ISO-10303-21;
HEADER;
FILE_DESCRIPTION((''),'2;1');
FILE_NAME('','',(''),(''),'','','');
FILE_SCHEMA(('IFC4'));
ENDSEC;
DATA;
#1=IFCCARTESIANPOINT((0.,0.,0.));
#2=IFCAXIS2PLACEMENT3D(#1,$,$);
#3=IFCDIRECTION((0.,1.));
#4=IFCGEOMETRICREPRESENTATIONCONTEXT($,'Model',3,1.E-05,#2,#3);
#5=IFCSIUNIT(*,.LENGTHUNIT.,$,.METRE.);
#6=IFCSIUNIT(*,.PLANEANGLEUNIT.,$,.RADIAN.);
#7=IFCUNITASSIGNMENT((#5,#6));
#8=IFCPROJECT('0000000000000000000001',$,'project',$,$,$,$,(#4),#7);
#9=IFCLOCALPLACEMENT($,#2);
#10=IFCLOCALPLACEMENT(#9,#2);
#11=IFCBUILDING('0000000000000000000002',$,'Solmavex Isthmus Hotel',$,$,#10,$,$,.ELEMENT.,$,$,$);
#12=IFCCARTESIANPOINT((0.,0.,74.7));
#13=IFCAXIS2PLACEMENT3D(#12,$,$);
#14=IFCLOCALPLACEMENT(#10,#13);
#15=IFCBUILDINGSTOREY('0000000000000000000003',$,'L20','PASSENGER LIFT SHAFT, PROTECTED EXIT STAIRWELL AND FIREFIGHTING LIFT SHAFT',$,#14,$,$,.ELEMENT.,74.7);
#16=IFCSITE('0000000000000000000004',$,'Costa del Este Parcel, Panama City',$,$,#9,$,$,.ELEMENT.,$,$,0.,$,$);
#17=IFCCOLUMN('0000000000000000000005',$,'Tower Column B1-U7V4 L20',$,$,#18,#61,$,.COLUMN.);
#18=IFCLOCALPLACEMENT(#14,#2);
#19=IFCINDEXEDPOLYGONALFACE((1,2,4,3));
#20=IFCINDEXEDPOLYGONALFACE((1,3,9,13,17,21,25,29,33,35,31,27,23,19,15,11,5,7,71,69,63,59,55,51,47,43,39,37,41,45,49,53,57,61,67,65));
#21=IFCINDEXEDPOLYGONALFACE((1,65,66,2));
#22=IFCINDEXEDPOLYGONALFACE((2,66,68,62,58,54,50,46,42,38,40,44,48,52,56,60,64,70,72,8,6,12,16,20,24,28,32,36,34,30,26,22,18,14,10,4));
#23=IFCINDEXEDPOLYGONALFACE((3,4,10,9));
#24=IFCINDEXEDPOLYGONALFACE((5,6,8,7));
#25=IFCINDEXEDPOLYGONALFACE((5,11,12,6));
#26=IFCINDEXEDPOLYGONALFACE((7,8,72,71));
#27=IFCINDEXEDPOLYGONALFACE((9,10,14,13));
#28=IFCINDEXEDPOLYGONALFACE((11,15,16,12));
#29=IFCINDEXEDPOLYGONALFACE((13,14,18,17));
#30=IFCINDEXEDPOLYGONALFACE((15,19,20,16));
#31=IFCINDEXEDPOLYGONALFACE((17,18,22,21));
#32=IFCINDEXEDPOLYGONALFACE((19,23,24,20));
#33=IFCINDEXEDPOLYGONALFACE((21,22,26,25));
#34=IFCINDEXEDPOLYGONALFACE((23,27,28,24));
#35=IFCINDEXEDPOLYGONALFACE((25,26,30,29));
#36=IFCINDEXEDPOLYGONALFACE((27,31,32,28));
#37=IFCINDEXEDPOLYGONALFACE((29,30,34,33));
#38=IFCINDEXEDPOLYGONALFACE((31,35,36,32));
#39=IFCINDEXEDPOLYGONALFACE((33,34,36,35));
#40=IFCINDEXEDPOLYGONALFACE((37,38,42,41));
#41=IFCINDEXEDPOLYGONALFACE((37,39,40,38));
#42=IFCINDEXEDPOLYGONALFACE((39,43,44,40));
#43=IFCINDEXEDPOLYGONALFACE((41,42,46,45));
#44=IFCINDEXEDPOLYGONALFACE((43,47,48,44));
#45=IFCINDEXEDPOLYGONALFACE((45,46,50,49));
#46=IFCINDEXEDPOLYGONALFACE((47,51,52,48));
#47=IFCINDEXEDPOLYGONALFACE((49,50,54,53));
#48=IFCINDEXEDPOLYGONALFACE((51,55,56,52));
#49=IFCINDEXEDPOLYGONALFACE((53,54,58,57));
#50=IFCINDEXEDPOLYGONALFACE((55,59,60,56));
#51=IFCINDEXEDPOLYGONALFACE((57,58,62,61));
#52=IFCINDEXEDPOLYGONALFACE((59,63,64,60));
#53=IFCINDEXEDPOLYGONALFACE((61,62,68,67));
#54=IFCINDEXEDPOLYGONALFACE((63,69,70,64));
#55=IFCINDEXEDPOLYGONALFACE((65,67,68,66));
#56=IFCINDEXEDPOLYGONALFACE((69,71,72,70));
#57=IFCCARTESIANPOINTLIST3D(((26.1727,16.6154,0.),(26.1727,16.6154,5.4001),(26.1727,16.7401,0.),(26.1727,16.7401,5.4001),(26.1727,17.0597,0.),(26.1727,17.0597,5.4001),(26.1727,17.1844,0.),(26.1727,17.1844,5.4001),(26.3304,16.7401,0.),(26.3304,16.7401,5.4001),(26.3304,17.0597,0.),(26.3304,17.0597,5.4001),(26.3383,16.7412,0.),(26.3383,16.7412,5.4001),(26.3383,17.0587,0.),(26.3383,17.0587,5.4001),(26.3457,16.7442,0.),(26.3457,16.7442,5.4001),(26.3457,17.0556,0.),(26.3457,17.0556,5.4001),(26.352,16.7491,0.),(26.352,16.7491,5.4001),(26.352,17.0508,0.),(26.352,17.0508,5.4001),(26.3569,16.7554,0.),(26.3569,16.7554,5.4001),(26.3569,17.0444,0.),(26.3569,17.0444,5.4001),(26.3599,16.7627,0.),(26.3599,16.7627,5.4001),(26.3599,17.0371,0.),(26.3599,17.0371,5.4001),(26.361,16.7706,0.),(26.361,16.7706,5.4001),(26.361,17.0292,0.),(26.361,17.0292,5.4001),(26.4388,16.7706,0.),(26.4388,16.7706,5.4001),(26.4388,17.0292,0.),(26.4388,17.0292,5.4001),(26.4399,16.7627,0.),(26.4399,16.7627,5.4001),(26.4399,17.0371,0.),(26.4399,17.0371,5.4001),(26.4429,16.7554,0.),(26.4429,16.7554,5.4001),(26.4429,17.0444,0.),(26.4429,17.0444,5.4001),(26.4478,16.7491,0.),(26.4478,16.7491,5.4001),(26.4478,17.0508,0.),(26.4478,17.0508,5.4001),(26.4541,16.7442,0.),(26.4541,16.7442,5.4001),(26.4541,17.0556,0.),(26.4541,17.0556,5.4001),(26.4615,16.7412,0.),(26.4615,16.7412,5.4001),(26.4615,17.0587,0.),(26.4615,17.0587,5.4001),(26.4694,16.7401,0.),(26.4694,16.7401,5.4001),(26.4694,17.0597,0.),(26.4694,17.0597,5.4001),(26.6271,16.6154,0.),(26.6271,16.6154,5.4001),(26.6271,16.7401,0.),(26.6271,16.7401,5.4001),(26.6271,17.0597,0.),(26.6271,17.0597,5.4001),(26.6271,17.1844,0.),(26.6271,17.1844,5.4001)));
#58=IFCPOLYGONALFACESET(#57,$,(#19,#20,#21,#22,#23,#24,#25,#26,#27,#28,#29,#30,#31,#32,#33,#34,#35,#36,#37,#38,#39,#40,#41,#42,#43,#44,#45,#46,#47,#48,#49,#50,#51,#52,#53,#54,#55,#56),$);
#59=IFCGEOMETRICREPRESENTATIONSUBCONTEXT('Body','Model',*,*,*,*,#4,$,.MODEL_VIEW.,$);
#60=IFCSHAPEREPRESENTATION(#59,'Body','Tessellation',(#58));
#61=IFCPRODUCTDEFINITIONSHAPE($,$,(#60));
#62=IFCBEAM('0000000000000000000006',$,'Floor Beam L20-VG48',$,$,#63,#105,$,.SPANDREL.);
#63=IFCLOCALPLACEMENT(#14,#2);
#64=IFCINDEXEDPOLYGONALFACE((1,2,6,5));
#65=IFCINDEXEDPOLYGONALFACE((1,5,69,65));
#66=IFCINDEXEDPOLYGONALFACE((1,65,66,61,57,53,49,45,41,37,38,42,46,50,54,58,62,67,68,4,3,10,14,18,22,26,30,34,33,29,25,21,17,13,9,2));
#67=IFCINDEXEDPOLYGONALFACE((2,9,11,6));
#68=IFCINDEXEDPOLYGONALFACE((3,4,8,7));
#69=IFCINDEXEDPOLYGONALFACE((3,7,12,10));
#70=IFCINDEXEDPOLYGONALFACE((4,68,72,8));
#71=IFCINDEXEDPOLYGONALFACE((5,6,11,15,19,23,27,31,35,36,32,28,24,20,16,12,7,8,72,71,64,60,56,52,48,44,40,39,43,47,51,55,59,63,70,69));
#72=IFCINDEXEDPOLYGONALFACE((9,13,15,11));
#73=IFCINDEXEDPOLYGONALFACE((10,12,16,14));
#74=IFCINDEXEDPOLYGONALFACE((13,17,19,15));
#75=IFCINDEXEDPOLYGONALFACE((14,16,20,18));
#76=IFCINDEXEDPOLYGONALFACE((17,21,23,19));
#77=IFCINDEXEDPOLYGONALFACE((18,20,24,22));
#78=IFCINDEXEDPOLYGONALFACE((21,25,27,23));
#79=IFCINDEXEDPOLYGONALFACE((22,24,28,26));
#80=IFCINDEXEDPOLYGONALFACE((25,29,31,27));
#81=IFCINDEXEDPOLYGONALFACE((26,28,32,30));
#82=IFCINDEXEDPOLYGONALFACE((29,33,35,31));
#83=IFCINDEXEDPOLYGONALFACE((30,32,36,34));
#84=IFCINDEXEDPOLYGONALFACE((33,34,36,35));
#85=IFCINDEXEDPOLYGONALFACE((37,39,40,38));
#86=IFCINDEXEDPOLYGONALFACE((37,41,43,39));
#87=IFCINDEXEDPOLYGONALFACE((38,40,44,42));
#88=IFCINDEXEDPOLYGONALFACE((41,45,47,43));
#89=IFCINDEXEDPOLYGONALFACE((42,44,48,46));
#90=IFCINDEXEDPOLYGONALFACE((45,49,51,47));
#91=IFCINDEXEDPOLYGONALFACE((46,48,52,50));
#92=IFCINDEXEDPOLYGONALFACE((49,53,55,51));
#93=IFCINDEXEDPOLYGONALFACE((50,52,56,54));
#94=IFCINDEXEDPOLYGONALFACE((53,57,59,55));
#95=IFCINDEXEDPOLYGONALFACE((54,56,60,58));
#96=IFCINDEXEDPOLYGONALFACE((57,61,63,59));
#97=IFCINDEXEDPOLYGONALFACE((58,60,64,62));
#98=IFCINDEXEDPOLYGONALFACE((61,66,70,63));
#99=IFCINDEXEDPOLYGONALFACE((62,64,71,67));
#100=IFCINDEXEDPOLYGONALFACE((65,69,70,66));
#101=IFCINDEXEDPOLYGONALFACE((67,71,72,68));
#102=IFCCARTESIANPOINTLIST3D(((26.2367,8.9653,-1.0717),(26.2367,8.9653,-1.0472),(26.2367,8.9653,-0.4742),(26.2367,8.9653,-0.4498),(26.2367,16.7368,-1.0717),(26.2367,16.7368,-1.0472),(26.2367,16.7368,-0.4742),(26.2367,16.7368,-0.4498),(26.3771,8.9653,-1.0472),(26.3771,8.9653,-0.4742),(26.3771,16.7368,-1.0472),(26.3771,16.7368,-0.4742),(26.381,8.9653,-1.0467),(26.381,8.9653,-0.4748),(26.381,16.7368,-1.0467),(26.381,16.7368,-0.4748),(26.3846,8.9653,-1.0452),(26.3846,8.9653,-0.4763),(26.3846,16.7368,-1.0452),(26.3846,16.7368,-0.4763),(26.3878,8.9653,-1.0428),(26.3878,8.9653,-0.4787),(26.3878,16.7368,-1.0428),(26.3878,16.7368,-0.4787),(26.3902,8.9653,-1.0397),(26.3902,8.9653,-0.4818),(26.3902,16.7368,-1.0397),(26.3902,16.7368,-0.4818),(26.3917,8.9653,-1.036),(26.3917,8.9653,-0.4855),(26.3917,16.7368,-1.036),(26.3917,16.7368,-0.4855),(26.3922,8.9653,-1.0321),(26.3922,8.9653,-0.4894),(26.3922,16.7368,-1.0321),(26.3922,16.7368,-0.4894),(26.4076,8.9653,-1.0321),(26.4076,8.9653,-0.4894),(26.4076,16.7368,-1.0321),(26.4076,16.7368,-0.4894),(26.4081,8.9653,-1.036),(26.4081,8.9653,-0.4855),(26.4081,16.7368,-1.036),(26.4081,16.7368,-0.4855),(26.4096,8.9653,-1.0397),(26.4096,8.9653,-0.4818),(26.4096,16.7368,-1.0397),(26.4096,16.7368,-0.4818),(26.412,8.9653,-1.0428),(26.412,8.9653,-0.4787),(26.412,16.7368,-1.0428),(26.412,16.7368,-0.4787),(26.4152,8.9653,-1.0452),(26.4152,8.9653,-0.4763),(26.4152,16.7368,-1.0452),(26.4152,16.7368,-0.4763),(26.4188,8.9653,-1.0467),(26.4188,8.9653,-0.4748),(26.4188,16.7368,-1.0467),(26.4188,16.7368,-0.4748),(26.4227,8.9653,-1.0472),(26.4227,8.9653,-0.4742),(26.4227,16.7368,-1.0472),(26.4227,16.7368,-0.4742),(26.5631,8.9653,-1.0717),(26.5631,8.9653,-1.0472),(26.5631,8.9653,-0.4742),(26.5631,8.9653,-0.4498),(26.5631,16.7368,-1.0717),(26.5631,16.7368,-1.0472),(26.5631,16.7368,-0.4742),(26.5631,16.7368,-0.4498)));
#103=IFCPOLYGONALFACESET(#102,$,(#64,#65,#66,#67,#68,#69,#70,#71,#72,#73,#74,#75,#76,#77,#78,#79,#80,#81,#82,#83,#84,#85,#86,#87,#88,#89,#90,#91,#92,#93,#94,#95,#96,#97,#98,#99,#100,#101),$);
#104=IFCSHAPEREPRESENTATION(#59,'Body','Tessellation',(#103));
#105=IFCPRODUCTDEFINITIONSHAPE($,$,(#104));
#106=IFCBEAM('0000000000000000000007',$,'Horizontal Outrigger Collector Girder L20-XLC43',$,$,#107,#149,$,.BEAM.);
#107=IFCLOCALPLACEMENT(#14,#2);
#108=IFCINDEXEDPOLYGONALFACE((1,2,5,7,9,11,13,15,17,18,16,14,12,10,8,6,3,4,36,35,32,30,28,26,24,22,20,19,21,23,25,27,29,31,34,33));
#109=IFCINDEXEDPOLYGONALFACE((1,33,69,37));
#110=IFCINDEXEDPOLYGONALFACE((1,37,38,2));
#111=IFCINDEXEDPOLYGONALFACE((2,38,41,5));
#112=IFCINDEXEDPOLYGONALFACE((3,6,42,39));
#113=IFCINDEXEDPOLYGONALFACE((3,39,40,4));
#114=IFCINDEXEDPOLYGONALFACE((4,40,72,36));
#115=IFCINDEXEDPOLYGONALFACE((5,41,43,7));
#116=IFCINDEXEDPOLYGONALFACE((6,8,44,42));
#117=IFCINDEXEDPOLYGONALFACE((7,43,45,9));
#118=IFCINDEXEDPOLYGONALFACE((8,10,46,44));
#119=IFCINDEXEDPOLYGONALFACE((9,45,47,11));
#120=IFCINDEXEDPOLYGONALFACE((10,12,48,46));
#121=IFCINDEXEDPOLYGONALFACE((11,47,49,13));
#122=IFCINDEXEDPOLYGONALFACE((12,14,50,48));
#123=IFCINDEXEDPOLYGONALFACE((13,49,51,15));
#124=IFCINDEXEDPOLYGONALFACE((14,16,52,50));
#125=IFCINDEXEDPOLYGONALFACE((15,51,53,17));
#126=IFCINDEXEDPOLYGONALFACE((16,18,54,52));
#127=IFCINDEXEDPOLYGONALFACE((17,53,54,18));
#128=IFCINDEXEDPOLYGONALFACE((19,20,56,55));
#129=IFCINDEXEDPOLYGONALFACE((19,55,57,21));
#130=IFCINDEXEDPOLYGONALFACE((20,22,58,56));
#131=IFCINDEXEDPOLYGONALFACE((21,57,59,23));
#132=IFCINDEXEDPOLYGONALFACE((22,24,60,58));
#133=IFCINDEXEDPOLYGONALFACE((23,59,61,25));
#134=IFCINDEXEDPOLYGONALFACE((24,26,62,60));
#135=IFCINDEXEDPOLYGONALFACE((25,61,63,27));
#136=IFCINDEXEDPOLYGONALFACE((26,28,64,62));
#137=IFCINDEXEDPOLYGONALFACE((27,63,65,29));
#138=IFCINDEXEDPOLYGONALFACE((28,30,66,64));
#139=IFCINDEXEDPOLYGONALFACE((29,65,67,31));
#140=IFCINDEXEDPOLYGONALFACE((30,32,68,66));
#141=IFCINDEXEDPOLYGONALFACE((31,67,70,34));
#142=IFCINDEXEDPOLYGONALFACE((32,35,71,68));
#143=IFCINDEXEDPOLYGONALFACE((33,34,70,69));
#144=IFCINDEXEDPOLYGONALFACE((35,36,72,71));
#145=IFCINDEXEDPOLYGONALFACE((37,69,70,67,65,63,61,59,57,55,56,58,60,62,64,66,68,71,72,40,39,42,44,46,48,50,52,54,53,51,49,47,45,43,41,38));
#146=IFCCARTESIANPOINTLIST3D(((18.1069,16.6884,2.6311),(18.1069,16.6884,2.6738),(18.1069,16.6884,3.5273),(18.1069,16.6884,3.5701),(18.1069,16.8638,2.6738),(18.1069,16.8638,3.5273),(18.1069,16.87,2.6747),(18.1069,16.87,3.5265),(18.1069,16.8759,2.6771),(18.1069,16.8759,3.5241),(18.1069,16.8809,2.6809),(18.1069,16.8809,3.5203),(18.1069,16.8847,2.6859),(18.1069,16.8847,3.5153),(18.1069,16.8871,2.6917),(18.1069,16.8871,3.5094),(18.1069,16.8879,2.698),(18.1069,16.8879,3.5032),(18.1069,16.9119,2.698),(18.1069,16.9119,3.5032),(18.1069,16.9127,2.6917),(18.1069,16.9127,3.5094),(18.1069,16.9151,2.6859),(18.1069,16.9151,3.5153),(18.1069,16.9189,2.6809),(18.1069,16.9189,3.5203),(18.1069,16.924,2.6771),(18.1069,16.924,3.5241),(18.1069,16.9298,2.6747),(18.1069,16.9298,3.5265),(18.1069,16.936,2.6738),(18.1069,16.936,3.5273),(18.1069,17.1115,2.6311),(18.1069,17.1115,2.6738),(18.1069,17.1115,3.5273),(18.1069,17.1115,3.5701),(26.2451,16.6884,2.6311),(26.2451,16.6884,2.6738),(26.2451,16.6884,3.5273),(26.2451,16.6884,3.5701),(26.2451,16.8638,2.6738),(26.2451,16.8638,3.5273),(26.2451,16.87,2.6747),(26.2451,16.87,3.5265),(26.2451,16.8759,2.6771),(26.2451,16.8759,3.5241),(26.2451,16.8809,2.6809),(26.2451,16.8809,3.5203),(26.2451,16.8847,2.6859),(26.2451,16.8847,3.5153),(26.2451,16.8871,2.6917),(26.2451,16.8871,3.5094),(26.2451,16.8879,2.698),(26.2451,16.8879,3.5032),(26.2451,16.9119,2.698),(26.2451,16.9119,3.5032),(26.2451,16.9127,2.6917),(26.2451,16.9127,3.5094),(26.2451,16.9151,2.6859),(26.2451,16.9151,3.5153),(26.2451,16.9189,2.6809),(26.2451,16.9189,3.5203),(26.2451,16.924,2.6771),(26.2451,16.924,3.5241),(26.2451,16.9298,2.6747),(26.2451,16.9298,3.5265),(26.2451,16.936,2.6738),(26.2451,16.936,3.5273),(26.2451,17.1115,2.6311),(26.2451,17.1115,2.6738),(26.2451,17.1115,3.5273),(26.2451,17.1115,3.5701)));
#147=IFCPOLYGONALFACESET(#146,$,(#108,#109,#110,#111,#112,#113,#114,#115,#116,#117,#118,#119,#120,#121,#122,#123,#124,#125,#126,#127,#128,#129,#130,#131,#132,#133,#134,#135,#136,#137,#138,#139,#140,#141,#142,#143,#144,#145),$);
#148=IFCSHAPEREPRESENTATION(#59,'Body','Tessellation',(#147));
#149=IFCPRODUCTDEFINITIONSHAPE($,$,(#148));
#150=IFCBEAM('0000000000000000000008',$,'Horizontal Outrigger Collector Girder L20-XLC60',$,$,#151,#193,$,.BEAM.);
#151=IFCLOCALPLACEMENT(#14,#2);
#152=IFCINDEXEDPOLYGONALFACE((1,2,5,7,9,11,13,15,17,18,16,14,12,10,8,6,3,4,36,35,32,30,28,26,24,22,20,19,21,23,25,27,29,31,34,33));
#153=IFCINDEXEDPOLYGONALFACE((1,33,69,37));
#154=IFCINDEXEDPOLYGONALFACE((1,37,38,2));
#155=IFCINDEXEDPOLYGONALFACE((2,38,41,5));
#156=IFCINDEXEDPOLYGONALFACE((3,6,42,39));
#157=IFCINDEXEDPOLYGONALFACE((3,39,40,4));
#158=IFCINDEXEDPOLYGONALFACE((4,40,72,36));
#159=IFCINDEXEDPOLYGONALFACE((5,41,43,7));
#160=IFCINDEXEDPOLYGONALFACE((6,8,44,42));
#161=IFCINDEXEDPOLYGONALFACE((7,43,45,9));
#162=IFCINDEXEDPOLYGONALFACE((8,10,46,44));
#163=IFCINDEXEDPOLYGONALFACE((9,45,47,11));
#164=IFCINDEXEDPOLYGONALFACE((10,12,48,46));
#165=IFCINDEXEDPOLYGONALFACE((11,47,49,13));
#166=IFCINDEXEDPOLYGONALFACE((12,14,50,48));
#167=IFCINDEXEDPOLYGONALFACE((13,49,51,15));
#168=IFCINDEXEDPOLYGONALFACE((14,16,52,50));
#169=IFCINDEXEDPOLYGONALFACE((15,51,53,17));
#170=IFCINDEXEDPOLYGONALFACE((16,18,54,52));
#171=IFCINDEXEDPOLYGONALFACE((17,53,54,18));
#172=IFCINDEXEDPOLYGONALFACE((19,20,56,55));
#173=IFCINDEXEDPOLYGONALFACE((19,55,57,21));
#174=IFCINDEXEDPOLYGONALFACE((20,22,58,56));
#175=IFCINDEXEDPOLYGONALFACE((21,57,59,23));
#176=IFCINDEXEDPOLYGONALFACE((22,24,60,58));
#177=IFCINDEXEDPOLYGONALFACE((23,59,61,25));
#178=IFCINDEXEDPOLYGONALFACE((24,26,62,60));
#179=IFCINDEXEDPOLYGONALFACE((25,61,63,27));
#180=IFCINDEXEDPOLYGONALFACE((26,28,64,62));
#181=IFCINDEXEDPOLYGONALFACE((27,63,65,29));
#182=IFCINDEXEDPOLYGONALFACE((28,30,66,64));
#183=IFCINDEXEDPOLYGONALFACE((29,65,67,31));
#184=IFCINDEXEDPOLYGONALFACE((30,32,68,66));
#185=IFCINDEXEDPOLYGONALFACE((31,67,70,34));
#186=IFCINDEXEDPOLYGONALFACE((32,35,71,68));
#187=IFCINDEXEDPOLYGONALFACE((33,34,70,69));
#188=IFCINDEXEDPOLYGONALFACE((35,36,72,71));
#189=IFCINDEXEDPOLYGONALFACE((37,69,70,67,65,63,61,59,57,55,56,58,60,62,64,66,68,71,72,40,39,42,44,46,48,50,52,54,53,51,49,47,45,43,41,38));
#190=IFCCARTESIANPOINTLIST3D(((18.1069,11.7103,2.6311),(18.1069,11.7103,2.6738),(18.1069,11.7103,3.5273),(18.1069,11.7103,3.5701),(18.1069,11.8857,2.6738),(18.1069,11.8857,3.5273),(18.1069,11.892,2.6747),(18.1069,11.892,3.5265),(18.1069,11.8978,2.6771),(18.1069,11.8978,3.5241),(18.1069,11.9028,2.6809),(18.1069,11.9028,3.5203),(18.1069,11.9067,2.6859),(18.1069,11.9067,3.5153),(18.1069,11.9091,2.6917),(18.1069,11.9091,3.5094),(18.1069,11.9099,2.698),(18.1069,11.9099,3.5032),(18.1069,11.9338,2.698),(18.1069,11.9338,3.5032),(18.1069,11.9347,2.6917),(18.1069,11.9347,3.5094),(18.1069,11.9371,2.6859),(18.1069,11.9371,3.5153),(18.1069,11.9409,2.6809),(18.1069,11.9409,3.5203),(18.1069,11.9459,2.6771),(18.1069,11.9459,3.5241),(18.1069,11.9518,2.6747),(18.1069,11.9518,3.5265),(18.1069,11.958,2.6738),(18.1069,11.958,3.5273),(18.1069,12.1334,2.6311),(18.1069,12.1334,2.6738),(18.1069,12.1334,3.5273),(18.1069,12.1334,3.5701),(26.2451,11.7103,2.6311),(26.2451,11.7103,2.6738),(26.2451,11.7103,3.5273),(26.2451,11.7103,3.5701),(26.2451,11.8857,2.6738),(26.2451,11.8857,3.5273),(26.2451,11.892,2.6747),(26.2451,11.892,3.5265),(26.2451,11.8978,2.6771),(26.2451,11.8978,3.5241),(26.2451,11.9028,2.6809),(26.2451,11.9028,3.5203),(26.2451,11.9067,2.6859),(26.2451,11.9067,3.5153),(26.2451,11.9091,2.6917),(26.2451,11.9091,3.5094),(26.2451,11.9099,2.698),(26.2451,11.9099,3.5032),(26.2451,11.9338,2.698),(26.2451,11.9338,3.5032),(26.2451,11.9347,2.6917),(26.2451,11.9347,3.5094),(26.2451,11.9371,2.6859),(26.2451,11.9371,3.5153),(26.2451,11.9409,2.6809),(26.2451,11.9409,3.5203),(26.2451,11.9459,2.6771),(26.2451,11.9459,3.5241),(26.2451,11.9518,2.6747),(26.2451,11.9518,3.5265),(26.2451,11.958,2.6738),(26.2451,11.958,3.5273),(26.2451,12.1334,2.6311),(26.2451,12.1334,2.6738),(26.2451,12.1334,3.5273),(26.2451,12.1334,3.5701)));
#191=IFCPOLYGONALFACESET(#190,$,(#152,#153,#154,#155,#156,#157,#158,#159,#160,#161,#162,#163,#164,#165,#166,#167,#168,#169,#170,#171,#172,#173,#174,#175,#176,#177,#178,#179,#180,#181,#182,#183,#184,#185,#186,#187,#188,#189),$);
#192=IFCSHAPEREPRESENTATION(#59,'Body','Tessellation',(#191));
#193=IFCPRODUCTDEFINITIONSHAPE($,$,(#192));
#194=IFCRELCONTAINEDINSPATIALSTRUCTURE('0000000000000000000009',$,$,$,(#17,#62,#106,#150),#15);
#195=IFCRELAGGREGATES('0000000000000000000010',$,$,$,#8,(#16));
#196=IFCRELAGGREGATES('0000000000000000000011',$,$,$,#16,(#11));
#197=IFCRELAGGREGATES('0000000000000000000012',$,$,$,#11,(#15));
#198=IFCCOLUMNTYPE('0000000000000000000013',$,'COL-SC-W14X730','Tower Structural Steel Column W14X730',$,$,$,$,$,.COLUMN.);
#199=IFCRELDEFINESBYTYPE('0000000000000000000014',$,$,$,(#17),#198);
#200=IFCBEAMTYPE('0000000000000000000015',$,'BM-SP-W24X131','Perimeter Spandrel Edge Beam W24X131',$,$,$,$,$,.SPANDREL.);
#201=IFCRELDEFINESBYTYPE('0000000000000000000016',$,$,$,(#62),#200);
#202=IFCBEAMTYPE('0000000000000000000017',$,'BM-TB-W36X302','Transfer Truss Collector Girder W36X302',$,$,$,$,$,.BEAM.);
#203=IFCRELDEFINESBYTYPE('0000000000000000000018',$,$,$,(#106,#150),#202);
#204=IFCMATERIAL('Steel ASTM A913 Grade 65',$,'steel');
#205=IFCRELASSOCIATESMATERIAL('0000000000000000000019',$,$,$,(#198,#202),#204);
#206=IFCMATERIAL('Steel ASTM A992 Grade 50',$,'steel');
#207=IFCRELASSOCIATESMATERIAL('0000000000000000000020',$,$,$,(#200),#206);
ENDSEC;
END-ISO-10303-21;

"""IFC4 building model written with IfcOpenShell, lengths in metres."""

from ifc_helpers import new_model, si_unit, direction, frame, origin, origin_2d, place, context, subcontext, project, spatial, i_section, extrude, material, material_profile, profile_set, type_object, element, save


model = new_model("IFC4")

# Units and contexts
model_context = context("Model", 3, precision=1e-05, world=origin(), true_north=direction((0.0, 1.0)))
body_context = subcontext(model_context, "Body", "Model", "MODEL_VIEW")
ifc_project = project(units=[si_unit("LENGTHUNIT", "METRE"), si_unit("PLANEANGLEUNIT", "RADIAN")], contexts=[model_context])

# Site, building, storey
site_placement = place(None, origin())
site = spatial("IfcSite", under=ifc_project, at=site_placement, Name="Costa del Este Parcel, Panama City", CompositionType="ELEMENT", RefElevation=0.0)
building_placement = place(site_placement, origin())
building = spatial("IfcBuilding", under=site, at=building_placement, Name="Solmavex Isthmus Hotel", CompositionType="ELEMENT")
storey_placement = place(building_placement, frame((0.0, 0.0, 74.7)))
storey = spatial("IfcBuildingStorey", under=building, at=storey_placement, Name="L20", Description="PASSENGER LIFT SHAFT, PROTECTED EXIT STAIRWELL AND FIREFIGHTING LIFT SHAFT", CompositionType="ELEMENT", Elevation=74.7)

# Column
ifc_material_1 = material(Name="Steel ASTM A913 Grade 65", Category="steel")
ifc_material_profile_1 = material_profile(ifc_material_1, i_section(OverallWidth=0.4543, OverallDepth=0.5691, WebThickness=0.0779, FlangeThickness=0.1248, FilletRadius=0.0305, at=origin_2d()), Name="W14X730")
ifc_profile_set_1 = profile_set([ifc_material_profile_1], Name="Steel ASTM A913 Grade 65")
column_type = type_object("IfcColumnType", Name="COL-SC-W14X730", Description="Tower Structural Steel Column W14X730", PredefinedType="COLUMN", material=ifc_profile_set_1)
column_placement = place(storey_placement, frame((26.3999, 16.8999, 0.0), z_axis=(0.0, 0.0, 1.0), x_axis=(1.0, 0.0, 0.0)))
element("IfcColumn", 1, at=column_placement, inside=storey, type_object=column_type, Name="Tower Column B1-U7V4 L20", PredefinedType="COLUMN", context=body_context, shape_type="SweptSolid", body=[
    extrude(i_section(OverallWidth=0.4543, OverallDepth=0.5691, WebThickness=0.0779, FlangeThickness=0.1248, FilletRadius=0.0305, at=origin_2d()), origin(), (0.0, 0.0, 1.0), 5.4001),
])

# Beams
ifc_material_2 = material(Name="Steel ASTM A992 Grade 50", Category="steel")
ifc_material_profile_2 = material_profile(ifc_material_2, i_section(OverallWidth=0.3264, OverallDepth=0.6218, WebThickness=0.0154, FlangeThickness=0.0244, FilletRadius=0.0151, at=origin_2d()), Name="W24X131")
ifc_profile_set_2 = profile_set([ifc_material_profile_2], Name="Steel ASTM A992 Grade 50")
beam_type_1 = type_object("IfcBeamType", Name="BM-SP-W24X131", Description="Perimeter Spandrel Edge Beam W24X131", PredefinedType="SPANDREL", material=ifc_profile_set_2)
beam_placement = place(storey_placement, frame((26.3999, 8.9653, -0.7607), z_axis=(0.0, 1.0, 0.0), x_axis=(-1.0, 0.0, 0.0)))
element("IfcBeam", 2, at=beam_placement, inside=storey, type_object=beam_type_1, Name="Floor Beam L20-VG48", PredefinedType="SPANDREL", context=body_context, shape_type="SweptSolid", body=[
    extrude(i_section(OverallWidth=0.3264, OverallDepth=0.6218, WebThickness=0.0154, FlangeThickness=0.0244, FilletRadius=0.0151, at=origin_2d()), origin(), (0.0, 0.0, 1.0), 7.7715),
])
ifc_material_profile_3 = material_profile(ifc_material_1, i_section(OverallWidth=0.4231, OverallDepth=0.939, WebThickness=0.0239, FlangeThickness=0.0427, FilletRadius=0.0242, at=origin_2d()), Name="W36X302")
ifc_profile_set_3 = profile_set([ifc_material_profile_3], Name="Steel ASTM A913 Grade 65")
beam_type_2 = type_object("IfcBeamType", Name="BM-TB-W36X302", Description="Transfer Truss Collector Girder W36X302", PredefinedType="BEAM", material=ifc_profile_set_3)
for number, where, z_axis, x_axis, name in (
    (3, (18.1069, 16.8999, 3.1006), (1.0, 0.0, 0.0), (0.0, 1.0, 0.0), "Horizontal Outrigger Collector Girder L20-XLC43"),
    (4, (18.1069, 11.9219, 3.1006), (1.0, 0.0, 0.0), (0.0, 1.0, 0.0), "Horizontal Outrigger Collector Girder L20-XLC60"),
):
    element("IfcBeam", number, at=place(storey_placement, frame(where, z_axis=z_axis, x_axis=x_axis)), inside=storey, type_object=beam_type_2, Name=name, PredefinedType="BEAM", context=body_context, shape_type="SweptSolid", body=[
        extrude(i_section(OverallWidth=0.4231, OverallDepth=0.939, WebThickness=0.0239, FlangeThickness=0.0427, FilletRadius=0.0242, at=origin_2d()), origin(), (0.0, 0.0, 1.0), 8.1382),
    ])

save(model, "model.ifc")
